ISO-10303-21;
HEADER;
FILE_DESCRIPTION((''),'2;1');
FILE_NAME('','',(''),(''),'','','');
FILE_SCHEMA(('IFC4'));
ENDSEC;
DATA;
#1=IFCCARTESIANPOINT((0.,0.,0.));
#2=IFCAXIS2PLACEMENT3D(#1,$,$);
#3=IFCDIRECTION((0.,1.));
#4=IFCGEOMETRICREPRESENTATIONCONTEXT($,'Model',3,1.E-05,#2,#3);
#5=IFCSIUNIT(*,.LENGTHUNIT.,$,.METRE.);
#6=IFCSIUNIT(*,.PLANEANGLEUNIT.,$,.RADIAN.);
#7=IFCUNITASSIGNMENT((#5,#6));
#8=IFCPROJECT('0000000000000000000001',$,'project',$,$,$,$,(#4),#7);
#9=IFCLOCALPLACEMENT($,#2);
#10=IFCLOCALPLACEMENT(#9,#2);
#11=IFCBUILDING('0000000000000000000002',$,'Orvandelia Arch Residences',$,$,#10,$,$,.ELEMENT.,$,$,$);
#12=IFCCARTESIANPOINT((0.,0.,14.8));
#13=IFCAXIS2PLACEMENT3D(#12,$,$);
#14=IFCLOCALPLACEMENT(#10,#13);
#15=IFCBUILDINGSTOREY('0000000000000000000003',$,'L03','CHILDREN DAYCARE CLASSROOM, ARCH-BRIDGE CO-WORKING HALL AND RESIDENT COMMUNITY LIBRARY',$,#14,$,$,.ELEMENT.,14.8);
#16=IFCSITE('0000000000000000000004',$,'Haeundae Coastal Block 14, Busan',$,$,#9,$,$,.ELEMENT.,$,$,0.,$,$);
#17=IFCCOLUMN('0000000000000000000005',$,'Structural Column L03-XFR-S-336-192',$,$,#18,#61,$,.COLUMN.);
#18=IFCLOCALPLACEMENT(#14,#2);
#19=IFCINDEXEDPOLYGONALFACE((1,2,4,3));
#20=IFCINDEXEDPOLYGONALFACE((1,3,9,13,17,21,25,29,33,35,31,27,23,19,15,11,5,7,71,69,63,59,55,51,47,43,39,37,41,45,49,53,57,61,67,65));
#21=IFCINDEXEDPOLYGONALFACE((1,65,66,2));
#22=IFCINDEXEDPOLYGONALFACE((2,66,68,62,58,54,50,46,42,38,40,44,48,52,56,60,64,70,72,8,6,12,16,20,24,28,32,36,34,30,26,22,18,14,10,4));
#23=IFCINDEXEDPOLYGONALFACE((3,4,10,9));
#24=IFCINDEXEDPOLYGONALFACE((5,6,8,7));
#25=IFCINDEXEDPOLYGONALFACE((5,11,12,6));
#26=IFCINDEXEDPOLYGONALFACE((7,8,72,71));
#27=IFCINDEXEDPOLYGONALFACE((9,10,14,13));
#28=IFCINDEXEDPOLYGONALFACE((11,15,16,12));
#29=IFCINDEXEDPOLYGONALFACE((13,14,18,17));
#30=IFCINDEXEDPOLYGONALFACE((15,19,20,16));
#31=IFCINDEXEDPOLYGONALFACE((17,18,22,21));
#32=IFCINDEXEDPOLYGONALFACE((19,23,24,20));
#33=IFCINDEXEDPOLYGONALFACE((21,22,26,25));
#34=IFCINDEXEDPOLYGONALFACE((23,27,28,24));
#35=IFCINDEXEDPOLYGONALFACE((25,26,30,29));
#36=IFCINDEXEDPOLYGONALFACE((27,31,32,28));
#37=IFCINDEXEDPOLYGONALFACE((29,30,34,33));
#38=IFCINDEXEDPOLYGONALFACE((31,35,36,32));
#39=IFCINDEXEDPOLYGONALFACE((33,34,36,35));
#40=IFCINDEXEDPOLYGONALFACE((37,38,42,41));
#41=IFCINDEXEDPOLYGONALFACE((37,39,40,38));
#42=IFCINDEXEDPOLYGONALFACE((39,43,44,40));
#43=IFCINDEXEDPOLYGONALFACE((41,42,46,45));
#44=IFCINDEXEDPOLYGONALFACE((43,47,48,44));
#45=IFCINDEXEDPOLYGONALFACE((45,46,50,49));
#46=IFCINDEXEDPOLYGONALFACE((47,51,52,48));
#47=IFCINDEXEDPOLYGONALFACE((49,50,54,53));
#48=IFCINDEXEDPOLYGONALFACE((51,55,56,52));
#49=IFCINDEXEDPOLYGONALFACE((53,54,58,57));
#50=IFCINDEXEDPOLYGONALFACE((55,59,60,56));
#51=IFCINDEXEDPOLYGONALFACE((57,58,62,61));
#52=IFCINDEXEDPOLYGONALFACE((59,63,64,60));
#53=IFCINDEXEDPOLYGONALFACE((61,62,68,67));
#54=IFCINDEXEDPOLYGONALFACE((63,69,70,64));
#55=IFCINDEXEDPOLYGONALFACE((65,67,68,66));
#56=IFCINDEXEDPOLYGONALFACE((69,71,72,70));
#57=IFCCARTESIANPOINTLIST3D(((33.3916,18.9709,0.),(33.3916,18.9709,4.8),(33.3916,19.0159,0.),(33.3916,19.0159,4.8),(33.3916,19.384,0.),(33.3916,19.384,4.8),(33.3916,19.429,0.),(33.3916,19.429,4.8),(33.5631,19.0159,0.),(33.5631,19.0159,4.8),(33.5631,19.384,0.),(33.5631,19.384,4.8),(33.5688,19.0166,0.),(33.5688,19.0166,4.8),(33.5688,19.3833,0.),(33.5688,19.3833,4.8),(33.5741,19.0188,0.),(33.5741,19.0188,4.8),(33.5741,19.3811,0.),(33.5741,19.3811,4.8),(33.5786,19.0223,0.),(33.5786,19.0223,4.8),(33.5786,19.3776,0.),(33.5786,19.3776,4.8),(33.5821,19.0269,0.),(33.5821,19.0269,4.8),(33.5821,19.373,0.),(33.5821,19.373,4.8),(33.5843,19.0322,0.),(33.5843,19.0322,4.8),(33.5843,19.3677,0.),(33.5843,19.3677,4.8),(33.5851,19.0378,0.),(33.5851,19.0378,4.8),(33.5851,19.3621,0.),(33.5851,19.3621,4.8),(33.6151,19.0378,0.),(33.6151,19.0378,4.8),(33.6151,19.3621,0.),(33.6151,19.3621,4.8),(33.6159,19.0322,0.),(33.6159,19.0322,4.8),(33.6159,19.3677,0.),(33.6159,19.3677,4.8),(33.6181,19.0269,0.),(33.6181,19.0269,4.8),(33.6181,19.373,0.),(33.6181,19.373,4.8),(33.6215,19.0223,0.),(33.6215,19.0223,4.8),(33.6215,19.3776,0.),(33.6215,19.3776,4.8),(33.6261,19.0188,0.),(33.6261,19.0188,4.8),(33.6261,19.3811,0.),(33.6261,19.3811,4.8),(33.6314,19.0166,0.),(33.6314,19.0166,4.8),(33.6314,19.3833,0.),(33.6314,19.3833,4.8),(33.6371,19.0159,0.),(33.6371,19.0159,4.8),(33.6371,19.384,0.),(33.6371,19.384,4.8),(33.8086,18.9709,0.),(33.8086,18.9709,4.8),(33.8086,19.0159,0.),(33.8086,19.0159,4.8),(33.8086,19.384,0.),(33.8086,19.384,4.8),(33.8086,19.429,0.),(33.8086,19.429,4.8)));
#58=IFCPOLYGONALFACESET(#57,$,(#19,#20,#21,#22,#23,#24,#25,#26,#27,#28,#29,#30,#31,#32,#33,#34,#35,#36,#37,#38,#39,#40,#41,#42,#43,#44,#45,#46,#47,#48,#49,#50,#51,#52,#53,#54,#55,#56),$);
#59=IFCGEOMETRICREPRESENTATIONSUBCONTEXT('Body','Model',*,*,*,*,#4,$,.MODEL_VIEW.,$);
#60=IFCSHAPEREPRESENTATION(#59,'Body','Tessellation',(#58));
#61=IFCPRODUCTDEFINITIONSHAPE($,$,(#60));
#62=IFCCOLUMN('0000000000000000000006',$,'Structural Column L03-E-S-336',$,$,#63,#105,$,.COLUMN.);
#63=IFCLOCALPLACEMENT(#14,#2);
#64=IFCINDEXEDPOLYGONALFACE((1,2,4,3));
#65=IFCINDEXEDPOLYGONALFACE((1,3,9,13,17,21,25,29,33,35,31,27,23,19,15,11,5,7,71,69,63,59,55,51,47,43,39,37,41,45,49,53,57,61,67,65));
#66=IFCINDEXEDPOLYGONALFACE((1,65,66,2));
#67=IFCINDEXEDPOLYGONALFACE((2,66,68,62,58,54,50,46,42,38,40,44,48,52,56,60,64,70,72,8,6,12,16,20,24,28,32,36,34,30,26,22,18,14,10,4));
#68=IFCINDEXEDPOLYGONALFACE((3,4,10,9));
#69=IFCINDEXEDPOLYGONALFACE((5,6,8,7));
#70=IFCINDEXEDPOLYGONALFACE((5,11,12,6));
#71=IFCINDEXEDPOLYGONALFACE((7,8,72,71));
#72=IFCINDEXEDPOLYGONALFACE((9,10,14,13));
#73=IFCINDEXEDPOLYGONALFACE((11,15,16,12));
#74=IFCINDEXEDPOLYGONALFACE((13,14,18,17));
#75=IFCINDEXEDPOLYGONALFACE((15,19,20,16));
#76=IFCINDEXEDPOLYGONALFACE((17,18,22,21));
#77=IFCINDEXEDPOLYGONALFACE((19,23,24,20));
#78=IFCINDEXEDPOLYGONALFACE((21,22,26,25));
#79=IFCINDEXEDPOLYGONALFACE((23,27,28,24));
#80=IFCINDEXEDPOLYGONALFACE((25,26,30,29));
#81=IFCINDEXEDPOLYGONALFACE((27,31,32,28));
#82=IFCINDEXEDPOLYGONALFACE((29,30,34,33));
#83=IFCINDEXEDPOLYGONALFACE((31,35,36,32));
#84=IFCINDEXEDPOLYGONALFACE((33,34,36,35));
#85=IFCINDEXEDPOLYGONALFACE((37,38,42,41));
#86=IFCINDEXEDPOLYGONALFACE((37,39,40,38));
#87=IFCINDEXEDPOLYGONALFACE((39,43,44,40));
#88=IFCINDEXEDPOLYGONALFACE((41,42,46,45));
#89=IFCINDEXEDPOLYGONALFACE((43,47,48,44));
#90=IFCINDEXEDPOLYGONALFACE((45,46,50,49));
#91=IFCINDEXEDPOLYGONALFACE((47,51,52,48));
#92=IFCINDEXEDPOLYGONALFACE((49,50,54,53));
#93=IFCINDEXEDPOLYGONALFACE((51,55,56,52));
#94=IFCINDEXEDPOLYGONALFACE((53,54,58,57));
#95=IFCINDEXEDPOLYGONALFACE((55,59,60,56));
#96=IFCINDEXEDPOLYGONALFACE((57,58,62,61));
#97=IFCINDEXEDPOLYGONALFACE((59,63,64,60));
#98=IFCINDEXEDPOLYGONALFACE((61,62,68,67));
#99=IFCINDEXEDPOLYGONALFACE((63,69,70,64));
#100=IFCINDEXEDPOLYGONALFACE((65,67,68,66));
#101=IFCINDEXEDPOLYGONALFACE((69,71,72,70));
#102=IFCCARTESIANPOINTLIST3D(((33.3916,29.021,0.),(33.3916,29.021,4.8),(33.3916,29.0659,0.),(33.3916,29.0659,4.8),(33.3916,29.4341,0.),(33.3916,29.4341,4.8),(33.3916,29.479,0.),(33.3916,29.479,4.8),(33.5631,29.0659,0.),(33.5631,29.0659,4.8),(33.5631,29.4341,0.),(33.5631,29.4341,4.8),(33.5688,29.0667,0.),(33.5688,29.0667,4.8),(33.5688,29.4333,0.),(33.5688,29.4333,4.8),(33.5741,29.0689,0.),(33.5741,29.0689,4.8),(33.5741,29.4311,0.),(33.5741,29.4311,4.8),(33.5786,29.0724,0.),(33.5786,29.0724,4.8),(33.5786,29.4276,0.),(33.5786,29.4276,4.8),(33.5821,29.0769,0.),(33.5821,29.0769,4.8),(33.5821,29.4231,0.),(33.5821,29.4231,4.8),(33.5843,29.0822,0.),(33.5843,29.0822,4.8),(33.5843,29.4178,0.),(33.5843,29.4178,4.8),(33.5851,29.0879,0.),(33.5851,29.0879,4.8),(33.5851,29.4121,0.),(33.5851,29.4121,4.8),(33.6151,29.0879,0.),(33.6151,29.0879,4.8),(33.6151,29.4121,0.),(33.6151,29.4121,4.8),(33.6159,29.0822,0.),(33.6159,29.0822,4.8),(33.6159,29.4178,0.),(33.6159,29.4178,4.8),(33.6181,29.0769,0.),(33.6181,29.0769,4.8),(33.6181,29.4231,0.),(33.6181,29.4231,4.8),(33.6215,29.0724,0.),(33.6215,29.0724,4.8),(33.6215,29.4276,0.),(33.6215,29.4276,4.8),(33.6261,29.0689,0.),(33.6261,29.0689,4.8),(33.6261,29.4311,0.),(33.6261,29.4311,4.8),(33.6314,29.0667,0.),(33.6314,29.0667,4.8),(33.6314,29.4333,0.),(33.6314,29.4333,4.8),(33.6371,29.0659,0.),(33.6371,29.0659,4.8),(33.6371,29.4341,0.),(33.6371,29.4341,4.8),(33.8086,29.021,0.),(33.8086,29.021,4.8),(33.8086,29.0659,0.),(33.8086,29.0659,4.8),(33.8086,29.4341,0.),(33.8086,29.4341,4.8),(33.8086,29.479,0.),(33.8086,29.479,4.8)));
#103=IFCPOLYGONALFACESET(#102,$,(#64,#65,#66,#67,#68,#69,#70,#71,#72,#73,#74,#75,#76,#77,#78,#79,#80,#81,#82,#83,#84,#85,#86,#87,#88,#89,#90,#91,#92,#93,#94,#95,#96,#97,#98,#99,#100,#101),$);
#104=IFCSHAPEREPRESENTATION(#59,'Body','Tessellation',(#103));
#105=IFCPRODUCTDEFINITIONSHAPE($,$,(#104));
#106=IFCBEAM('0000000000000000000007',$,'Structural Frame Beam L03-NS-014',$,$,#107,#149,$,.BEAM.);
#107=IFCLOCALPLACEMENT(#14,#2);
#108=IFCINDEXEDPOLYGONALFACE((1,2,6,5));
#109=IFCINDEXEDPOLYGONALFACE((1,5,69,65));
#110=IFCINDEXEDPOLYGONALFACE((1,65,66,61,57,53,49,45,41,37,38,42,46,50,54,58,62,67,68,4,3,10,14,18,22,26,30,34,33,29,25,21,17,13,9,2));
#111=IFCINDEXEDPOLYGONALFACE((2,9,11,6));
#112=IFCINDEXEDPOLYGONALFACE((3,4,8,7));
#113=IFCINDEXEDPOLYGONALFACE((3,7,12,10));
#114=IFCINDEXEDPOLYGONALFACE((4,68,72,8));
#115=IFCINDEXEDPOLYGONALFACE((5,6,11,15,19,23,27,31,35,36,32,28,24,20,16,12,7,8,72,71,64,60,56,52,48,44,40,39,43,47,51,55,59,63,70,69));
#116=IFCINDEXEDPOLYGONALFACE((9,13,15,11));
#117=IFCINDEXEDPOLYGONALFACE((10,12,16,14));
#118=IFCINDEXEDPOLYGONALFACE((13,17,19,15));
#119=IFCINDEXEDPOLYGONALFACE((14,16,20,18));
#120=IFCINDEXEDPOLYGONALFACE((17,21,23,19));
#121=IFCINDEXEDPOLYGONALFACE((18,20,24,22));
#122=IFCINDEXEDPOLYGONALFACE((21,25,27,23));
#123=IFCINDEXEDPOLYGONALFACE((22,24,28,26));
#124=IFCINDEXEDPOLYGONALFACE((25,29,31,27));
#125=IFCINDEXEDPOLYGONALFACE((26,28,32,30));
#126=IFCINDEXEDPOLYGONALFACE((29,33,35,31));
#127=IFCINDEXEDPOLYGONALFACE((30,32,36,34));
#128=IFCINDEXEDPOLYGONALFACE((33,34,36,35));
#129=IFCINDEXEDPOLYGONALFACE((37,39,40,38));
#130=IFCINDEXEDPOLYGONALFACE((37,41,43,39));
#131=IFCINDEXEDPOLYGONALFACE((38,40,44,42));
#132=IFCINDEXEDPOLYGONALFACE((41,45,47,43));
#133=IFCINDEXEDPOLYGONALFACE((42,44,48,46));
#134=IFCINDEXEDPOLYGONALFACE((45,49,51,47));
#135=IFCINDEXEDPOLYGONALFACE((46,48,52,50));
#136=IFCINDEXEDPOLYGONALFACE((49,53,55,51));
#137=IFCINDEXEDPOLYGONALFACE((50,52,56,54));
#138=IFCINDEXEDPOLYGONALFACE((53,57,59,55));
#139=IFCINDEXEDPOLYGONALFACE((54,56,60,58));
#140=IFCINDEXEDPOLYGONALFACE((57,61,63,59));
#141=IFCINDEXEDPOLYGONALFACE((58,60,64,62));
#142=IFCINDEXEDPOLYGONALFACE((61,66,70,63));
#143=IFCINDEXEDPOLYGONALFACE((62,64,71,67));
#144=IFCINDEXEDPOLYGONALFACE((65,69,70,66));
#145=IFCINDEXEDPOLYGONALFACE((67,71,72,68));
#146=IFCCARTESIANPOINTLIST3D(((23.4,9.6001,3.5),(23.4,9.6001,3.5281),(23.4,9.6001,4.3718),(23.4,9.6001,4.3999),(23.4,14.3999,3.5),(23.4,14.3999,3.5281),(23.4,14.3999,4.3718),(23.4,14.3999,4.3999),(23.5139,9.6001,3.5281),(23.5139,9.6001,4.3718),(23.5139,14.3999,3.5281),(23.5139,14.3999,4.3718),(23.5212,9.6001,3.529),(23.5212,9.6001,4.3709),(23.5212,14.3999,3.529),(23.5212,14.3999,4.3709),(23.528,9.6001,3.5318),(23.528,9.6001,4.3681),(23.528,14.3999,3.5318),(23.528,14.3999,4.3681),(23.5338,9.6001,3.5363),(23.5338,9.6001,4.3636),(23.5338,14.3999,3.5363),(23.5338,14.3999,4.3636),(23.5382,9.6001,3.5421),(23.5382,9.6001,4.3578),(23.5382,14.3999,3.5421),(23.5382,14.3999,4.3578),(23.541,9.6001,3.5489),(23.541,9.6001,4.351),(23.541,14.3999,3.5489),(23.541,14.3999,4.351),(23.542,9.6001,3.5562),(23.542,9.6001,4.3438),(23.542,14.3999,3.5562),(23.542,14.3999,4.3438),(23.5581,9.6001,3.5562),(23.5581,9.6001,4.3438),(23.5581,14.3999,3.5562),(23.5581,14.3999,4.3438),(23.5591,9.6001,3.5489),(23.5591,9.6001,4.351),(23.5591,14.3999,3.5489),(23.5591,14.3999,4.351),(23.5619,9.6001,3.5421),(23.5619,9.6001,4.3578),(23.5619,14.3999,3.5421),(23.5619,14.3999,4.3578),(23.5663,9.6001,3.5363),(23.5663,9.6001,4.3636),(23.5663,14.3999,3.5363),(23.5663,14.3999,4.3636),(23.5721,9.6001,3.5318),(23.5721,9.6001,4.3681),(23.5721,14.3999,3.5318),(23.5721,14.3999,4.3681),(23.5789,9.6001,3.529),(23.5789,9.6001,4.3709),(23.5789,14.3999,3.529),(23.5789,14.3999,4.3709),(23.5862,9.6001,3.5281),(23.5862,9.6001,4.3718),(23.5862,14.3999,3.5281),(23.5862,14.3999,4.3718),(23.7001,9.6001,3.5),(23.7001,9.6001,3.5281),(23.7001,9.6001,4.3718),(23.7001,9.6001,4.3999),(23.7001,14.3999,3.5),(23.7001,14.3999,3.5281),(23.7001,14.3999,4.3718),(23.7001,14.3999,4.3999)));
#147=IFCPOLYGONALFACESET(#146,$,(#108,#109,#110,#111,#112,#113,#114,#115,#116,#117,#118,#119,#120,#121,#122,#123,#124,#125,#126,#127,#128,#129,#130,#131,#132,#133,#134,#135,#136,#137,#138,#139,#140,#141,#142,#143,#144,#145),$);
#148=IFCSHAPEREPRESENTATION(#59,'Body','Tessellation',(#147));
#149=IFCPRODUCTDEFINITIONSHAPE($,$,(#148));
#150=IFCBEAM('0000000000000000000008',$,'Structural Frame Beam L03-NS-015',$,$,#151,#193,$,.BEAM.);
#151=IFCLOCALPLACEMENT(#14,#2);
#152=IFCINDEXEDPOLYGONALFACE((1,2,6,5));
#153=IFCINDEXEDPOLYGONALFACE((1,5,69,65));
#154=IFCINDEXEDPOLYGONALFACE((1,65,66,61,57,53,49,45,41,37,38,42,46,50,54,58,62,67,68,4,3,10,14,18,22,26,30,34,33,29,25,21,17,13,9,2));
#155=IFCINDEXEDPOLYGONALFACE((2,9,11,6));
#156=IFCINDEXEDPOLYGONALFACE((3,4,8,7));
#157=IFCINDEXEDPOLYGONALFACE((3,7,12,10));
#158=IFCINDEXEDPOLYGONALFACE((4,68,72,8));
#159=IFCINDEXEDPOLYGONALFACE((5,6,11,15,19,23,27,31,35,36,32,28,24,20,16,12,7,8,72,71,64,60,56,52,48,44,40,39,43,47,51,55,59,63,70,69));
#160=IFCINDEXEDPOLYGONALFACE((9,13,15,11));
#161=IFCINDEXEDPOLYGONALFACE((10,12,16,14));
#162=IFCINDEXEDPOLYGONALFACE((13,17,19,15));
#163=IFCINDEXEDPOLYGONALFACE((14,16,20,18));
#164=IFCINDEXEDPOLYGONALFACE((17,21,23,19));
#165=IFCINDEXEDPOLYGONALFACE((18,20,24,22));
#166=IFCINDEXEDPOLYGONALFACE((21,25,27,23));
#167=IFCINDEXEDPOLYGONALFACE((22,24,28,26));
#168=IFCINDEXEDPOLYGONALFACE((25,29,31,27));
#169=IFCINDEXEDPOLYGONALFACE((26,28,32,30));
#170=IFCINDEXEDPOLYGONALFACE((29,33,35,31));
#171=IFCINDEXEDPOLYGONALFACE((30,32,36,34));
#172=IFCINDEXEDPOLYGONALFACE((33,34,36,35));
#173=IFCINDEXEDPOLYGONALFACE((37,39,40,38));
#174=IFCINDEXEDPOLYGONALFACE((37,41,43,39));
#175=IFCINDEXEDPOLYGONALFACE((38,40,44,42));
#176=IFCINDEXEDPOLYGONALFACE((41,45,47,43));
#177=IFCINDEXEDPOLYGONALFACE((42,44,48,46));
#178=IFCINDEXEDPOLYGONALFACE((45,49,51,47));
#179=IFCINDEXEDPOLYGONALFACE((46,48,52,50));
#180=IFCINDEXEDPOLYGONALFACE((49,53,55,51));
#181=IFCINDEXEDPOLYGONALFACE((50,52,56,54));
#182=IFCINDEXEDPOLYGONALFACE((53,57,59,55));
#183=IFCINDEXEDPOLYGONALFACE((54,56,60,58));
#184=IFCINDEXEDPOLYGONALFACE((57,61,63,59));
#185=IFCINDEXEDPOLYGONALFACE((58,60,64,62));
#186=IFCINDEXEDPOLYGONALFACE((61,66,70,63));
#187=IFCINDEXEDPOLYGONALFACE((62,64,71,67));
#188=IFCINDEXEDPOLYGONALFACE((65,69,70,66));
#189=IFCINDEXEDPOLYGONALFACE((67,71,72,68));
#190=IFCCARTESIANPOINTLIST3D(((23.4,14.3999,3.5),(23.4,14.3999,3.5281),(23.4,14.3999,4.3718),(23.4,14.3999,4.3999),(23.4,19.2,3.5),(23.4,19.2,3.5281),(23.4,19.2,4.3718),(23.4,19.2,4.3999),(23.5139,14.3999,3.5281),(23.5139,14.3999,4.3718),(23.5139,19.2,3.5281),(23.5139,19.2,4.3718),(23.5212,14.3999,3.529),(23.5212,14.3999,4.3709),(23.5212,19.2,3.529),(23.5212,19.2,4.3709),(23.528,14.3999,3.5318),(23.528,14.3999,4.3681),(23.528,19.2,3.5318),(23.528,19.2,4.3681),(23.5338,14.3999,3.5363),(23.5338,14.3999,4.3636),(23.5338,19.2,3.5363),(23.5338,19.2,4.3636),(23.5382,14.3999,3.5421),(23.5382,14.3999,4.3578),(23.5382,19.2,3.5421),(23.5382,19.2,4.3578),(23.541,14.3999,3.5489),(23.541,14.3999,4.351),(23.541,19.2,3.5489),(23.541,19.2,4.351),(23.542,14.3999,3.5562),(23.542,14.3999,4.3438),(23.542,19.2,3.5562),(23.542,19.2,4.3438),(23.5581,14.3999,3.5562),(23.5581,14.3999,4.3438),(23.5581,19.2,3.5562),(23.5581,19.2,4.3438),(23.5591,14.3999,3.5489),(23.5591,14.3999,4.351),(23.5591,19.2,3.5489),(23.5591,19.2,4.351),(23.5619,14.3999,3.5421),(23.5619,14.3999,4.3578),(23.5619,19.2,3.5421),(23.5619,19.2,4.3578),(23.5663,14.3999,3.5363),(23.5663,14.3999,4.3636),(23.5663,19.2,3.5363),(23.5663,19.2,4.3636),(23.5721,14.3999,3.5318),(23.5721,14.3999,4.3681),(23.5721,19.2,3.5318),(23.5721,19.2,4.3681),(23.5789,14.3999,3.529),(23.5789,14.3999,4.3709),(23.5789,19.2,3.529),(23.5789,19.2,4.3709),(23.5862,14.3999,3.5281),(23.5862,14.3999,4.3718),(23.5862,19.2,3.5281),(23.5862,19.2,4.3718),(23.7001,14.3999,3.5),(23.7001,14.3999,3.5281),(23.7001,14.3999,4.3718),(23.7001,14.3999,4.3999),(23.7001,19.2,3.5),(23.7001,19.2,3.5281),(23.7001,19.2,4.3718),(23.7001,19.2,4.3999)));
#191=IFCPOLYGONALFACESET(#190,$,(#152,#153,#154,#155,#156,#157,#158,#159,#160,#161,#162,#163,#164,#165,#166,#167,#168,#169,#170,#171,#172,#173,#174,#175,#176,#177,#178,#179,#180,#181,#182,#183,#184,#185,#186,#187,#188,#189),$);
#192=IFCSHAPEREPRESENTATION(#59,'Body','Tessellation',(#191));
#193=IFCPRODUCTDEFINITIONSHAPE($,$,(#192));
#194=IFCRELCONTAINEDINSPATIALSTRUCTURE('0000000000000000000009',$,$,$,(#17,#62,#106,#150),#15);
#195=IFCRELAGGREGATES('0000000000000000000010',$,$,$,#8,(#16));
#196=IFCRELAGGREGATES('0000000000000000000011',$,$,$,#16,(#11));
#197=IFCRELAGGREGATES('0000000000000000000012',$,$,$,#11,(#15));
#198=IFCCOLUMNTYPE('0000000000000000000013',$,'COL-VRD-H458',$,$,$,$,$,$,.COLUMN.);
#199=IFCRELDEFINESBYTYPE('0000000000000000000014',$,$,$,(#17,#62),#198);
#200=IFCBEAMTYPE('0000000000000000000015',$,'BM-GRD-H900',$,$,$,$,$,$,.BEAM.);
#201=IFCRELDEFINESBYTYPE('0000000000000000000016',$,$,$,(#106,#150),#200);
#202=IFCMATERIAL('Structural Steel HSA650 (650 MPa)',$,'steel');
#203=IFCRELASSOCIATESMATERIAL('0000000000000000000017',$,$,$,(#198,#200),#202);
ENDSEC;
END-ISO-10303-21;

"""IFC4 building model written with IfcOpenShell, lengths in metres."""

from ifc_helpers import new_model, si_unit, direction, frame, origin, origin_2d, place, context, subcontext, project, spatial, i_section, extrude, material, material_profile, profile_set, type_object, element, save


model = new_model("IFC4")

# Units and contexts
model_context = context("Model", 3, precision=1e-05, world=origin(), true_north=direction((0.0, 1.0)))
body_context = subcontext(model_context, "Body", "Model", "MODEL_VIEW")
ifc_project = project(units=[si_unit("LENGTHUNIT", "METRE"), si_unit("PLANEANGLEUNIT", "RADIAN")], contexts=[model_context])

# Site, building, storey
site_placement = place(None, origin())
site = spatial("IfcSite", under=ifc_project, at=site_placement, Name="Haeundae Coastal Block 14, Busan", CompositionType="ELEMENT", RefElevation=0.0)
building_placement = place(site_placement, origin())
building = spatial("IfcBuilding", under=site, at=building_placement, Name="Orvandelia Arch Residences", CompositionType="ELEMENT")
storey_placement = place(building_placement, frame((0.0, 0.0, 14.8)))
storey = spatial("IfcBuildingStorey", under=building, at=storey_placement, Name="L03", Description="CHILDREN DAYCARE CLASSROOM, ARCH-BRIDGE CO-WORKING HALL AND RESIDENT COMMUNITY LIBRARY", CompositionType="ELEMENT", Elevation=14.8)

# Columns
ifc_material_1 = material(Name="Structural Steel HSA650 (650 MPa)", Category="steel")
ifc_material_profile_1 = material_profile(ifc_material_1, i_section(OverallWidth=0.417, OverallDepth=0.458, WebThickness=0.03, FlangeThickness=0.0449, FilletRadius=0.022, at=origin_2d()), Name="Structural Steel HSA650 (650 MPa)", Category="steel")
ifc_profile_set_1 = profile_set([ifc_material_profile_1], Name="Structural Steel HSA650 (650 MPa)")
column_type = type_object("IfcColumnType", Name="COL-VRD-H458", PredefinedType="COLUMN", material=ifc_profile_set_1)
for number, where, z_axis, x_axis, name in (
    (1, (33.6001, 19.2, 0.0), (0.0, 0.0, 1.0), (1.0, 0.0, 0.0), "Structural Column L03-XFR-S-336-192"),
    (2, (33.6001, 29.25, 0.0), (0.0, 0.0, 1.0), (1.0, 0.0, 0.0), "Structural Column L03-E-S-336"),
):
    element("IfcColumn", number, at=place(storey_placement, frame(where, z_axis=z_axis, x_axis=x_axis)), inside=storey, type_object=column_type, Name=name, PredefinedType="COLUMN", context=body_context, shape_type="SweptSolid", body=[
        extrude(i_section(OverallWidth=0.417, OverallDepth=0.458, WebThickness=0.03, FlangeThickness=0.0449, FilletRadius=0.022, at=origin_2d()), origin(), (0.0, 0.0, 1.0), 4.8),
    ])

# Beams
ifc_material_profile_2 = material_profile(ifc_material_1, i_section(OverallWidth=0.3, OverallDepth=0.8999, WebThickness=0.0161, FlangeThickness=0.0281, FilletRadius=0.0281, at=origin_2d()), Name="Structural Steel HSA650 (650 MPa)", Category="steel")
ifc_profile_set_2 = profile_set([ifc_material_profile_2], Name="Structural Steel HSA650 (650 MPa)")
beam_type_1 = type_object("IfcBeamType", Name="BM-GRD-H900", PredefinedType="BEAM", material=ifc_profile_set_2)
beam_1_placement = place(storey_placement, frame((23.55, 9.6001, 3.95), z_axis=(0.0, 1.0, 0.0), x_axis=(-1.0, 0.0, 0.0)))
element("IfcBeam", 3, at=beam_1_placement, inside=storey, type_object=beam_type_1, Name="Structural Frame Beam L03-NS-014", PredefinedType="BEAM", context=body_context, shape_type="SweptSolid", body=[
    extrude(i_section(OverallWidth=0.3, OverallDepth=0.8999, WebThickness=0.0161, FlangeThickness=0.0281, FilletRadius=0.0281, at=origin_2d()), origin(), (0.0, 0.0, 1.0), 4.7998),
])
for number, where, z_axis, x_axis, name in (
    (4, (23.55, 14.3999, 3.95), (0.0, 1.0, 0.0), (-1.0, 0.0, 0.0), "Structural Frame Beam L03-NS-015"),
):
    element("IfcBeam", number, at=place(storey_placement, frame(where, z_axis=z_axis, x_axis=x_axis)), inside=storey, type_object=beam_type_1, Name=name, PredefinedType="BEAM", context=body_context, shape_type="SweptSolid", body=[
        extrude(i_section(OverallWidth=0.3, OverallDepth=0.8999, WebThickness=0.0161, FlangeThickness=0.0281, FilletRadius=0.0281, at=origin_2d()), origin(), (0.0, 0.0, 1.0), 4.8),
    ])

save(model, "model.ifc")
